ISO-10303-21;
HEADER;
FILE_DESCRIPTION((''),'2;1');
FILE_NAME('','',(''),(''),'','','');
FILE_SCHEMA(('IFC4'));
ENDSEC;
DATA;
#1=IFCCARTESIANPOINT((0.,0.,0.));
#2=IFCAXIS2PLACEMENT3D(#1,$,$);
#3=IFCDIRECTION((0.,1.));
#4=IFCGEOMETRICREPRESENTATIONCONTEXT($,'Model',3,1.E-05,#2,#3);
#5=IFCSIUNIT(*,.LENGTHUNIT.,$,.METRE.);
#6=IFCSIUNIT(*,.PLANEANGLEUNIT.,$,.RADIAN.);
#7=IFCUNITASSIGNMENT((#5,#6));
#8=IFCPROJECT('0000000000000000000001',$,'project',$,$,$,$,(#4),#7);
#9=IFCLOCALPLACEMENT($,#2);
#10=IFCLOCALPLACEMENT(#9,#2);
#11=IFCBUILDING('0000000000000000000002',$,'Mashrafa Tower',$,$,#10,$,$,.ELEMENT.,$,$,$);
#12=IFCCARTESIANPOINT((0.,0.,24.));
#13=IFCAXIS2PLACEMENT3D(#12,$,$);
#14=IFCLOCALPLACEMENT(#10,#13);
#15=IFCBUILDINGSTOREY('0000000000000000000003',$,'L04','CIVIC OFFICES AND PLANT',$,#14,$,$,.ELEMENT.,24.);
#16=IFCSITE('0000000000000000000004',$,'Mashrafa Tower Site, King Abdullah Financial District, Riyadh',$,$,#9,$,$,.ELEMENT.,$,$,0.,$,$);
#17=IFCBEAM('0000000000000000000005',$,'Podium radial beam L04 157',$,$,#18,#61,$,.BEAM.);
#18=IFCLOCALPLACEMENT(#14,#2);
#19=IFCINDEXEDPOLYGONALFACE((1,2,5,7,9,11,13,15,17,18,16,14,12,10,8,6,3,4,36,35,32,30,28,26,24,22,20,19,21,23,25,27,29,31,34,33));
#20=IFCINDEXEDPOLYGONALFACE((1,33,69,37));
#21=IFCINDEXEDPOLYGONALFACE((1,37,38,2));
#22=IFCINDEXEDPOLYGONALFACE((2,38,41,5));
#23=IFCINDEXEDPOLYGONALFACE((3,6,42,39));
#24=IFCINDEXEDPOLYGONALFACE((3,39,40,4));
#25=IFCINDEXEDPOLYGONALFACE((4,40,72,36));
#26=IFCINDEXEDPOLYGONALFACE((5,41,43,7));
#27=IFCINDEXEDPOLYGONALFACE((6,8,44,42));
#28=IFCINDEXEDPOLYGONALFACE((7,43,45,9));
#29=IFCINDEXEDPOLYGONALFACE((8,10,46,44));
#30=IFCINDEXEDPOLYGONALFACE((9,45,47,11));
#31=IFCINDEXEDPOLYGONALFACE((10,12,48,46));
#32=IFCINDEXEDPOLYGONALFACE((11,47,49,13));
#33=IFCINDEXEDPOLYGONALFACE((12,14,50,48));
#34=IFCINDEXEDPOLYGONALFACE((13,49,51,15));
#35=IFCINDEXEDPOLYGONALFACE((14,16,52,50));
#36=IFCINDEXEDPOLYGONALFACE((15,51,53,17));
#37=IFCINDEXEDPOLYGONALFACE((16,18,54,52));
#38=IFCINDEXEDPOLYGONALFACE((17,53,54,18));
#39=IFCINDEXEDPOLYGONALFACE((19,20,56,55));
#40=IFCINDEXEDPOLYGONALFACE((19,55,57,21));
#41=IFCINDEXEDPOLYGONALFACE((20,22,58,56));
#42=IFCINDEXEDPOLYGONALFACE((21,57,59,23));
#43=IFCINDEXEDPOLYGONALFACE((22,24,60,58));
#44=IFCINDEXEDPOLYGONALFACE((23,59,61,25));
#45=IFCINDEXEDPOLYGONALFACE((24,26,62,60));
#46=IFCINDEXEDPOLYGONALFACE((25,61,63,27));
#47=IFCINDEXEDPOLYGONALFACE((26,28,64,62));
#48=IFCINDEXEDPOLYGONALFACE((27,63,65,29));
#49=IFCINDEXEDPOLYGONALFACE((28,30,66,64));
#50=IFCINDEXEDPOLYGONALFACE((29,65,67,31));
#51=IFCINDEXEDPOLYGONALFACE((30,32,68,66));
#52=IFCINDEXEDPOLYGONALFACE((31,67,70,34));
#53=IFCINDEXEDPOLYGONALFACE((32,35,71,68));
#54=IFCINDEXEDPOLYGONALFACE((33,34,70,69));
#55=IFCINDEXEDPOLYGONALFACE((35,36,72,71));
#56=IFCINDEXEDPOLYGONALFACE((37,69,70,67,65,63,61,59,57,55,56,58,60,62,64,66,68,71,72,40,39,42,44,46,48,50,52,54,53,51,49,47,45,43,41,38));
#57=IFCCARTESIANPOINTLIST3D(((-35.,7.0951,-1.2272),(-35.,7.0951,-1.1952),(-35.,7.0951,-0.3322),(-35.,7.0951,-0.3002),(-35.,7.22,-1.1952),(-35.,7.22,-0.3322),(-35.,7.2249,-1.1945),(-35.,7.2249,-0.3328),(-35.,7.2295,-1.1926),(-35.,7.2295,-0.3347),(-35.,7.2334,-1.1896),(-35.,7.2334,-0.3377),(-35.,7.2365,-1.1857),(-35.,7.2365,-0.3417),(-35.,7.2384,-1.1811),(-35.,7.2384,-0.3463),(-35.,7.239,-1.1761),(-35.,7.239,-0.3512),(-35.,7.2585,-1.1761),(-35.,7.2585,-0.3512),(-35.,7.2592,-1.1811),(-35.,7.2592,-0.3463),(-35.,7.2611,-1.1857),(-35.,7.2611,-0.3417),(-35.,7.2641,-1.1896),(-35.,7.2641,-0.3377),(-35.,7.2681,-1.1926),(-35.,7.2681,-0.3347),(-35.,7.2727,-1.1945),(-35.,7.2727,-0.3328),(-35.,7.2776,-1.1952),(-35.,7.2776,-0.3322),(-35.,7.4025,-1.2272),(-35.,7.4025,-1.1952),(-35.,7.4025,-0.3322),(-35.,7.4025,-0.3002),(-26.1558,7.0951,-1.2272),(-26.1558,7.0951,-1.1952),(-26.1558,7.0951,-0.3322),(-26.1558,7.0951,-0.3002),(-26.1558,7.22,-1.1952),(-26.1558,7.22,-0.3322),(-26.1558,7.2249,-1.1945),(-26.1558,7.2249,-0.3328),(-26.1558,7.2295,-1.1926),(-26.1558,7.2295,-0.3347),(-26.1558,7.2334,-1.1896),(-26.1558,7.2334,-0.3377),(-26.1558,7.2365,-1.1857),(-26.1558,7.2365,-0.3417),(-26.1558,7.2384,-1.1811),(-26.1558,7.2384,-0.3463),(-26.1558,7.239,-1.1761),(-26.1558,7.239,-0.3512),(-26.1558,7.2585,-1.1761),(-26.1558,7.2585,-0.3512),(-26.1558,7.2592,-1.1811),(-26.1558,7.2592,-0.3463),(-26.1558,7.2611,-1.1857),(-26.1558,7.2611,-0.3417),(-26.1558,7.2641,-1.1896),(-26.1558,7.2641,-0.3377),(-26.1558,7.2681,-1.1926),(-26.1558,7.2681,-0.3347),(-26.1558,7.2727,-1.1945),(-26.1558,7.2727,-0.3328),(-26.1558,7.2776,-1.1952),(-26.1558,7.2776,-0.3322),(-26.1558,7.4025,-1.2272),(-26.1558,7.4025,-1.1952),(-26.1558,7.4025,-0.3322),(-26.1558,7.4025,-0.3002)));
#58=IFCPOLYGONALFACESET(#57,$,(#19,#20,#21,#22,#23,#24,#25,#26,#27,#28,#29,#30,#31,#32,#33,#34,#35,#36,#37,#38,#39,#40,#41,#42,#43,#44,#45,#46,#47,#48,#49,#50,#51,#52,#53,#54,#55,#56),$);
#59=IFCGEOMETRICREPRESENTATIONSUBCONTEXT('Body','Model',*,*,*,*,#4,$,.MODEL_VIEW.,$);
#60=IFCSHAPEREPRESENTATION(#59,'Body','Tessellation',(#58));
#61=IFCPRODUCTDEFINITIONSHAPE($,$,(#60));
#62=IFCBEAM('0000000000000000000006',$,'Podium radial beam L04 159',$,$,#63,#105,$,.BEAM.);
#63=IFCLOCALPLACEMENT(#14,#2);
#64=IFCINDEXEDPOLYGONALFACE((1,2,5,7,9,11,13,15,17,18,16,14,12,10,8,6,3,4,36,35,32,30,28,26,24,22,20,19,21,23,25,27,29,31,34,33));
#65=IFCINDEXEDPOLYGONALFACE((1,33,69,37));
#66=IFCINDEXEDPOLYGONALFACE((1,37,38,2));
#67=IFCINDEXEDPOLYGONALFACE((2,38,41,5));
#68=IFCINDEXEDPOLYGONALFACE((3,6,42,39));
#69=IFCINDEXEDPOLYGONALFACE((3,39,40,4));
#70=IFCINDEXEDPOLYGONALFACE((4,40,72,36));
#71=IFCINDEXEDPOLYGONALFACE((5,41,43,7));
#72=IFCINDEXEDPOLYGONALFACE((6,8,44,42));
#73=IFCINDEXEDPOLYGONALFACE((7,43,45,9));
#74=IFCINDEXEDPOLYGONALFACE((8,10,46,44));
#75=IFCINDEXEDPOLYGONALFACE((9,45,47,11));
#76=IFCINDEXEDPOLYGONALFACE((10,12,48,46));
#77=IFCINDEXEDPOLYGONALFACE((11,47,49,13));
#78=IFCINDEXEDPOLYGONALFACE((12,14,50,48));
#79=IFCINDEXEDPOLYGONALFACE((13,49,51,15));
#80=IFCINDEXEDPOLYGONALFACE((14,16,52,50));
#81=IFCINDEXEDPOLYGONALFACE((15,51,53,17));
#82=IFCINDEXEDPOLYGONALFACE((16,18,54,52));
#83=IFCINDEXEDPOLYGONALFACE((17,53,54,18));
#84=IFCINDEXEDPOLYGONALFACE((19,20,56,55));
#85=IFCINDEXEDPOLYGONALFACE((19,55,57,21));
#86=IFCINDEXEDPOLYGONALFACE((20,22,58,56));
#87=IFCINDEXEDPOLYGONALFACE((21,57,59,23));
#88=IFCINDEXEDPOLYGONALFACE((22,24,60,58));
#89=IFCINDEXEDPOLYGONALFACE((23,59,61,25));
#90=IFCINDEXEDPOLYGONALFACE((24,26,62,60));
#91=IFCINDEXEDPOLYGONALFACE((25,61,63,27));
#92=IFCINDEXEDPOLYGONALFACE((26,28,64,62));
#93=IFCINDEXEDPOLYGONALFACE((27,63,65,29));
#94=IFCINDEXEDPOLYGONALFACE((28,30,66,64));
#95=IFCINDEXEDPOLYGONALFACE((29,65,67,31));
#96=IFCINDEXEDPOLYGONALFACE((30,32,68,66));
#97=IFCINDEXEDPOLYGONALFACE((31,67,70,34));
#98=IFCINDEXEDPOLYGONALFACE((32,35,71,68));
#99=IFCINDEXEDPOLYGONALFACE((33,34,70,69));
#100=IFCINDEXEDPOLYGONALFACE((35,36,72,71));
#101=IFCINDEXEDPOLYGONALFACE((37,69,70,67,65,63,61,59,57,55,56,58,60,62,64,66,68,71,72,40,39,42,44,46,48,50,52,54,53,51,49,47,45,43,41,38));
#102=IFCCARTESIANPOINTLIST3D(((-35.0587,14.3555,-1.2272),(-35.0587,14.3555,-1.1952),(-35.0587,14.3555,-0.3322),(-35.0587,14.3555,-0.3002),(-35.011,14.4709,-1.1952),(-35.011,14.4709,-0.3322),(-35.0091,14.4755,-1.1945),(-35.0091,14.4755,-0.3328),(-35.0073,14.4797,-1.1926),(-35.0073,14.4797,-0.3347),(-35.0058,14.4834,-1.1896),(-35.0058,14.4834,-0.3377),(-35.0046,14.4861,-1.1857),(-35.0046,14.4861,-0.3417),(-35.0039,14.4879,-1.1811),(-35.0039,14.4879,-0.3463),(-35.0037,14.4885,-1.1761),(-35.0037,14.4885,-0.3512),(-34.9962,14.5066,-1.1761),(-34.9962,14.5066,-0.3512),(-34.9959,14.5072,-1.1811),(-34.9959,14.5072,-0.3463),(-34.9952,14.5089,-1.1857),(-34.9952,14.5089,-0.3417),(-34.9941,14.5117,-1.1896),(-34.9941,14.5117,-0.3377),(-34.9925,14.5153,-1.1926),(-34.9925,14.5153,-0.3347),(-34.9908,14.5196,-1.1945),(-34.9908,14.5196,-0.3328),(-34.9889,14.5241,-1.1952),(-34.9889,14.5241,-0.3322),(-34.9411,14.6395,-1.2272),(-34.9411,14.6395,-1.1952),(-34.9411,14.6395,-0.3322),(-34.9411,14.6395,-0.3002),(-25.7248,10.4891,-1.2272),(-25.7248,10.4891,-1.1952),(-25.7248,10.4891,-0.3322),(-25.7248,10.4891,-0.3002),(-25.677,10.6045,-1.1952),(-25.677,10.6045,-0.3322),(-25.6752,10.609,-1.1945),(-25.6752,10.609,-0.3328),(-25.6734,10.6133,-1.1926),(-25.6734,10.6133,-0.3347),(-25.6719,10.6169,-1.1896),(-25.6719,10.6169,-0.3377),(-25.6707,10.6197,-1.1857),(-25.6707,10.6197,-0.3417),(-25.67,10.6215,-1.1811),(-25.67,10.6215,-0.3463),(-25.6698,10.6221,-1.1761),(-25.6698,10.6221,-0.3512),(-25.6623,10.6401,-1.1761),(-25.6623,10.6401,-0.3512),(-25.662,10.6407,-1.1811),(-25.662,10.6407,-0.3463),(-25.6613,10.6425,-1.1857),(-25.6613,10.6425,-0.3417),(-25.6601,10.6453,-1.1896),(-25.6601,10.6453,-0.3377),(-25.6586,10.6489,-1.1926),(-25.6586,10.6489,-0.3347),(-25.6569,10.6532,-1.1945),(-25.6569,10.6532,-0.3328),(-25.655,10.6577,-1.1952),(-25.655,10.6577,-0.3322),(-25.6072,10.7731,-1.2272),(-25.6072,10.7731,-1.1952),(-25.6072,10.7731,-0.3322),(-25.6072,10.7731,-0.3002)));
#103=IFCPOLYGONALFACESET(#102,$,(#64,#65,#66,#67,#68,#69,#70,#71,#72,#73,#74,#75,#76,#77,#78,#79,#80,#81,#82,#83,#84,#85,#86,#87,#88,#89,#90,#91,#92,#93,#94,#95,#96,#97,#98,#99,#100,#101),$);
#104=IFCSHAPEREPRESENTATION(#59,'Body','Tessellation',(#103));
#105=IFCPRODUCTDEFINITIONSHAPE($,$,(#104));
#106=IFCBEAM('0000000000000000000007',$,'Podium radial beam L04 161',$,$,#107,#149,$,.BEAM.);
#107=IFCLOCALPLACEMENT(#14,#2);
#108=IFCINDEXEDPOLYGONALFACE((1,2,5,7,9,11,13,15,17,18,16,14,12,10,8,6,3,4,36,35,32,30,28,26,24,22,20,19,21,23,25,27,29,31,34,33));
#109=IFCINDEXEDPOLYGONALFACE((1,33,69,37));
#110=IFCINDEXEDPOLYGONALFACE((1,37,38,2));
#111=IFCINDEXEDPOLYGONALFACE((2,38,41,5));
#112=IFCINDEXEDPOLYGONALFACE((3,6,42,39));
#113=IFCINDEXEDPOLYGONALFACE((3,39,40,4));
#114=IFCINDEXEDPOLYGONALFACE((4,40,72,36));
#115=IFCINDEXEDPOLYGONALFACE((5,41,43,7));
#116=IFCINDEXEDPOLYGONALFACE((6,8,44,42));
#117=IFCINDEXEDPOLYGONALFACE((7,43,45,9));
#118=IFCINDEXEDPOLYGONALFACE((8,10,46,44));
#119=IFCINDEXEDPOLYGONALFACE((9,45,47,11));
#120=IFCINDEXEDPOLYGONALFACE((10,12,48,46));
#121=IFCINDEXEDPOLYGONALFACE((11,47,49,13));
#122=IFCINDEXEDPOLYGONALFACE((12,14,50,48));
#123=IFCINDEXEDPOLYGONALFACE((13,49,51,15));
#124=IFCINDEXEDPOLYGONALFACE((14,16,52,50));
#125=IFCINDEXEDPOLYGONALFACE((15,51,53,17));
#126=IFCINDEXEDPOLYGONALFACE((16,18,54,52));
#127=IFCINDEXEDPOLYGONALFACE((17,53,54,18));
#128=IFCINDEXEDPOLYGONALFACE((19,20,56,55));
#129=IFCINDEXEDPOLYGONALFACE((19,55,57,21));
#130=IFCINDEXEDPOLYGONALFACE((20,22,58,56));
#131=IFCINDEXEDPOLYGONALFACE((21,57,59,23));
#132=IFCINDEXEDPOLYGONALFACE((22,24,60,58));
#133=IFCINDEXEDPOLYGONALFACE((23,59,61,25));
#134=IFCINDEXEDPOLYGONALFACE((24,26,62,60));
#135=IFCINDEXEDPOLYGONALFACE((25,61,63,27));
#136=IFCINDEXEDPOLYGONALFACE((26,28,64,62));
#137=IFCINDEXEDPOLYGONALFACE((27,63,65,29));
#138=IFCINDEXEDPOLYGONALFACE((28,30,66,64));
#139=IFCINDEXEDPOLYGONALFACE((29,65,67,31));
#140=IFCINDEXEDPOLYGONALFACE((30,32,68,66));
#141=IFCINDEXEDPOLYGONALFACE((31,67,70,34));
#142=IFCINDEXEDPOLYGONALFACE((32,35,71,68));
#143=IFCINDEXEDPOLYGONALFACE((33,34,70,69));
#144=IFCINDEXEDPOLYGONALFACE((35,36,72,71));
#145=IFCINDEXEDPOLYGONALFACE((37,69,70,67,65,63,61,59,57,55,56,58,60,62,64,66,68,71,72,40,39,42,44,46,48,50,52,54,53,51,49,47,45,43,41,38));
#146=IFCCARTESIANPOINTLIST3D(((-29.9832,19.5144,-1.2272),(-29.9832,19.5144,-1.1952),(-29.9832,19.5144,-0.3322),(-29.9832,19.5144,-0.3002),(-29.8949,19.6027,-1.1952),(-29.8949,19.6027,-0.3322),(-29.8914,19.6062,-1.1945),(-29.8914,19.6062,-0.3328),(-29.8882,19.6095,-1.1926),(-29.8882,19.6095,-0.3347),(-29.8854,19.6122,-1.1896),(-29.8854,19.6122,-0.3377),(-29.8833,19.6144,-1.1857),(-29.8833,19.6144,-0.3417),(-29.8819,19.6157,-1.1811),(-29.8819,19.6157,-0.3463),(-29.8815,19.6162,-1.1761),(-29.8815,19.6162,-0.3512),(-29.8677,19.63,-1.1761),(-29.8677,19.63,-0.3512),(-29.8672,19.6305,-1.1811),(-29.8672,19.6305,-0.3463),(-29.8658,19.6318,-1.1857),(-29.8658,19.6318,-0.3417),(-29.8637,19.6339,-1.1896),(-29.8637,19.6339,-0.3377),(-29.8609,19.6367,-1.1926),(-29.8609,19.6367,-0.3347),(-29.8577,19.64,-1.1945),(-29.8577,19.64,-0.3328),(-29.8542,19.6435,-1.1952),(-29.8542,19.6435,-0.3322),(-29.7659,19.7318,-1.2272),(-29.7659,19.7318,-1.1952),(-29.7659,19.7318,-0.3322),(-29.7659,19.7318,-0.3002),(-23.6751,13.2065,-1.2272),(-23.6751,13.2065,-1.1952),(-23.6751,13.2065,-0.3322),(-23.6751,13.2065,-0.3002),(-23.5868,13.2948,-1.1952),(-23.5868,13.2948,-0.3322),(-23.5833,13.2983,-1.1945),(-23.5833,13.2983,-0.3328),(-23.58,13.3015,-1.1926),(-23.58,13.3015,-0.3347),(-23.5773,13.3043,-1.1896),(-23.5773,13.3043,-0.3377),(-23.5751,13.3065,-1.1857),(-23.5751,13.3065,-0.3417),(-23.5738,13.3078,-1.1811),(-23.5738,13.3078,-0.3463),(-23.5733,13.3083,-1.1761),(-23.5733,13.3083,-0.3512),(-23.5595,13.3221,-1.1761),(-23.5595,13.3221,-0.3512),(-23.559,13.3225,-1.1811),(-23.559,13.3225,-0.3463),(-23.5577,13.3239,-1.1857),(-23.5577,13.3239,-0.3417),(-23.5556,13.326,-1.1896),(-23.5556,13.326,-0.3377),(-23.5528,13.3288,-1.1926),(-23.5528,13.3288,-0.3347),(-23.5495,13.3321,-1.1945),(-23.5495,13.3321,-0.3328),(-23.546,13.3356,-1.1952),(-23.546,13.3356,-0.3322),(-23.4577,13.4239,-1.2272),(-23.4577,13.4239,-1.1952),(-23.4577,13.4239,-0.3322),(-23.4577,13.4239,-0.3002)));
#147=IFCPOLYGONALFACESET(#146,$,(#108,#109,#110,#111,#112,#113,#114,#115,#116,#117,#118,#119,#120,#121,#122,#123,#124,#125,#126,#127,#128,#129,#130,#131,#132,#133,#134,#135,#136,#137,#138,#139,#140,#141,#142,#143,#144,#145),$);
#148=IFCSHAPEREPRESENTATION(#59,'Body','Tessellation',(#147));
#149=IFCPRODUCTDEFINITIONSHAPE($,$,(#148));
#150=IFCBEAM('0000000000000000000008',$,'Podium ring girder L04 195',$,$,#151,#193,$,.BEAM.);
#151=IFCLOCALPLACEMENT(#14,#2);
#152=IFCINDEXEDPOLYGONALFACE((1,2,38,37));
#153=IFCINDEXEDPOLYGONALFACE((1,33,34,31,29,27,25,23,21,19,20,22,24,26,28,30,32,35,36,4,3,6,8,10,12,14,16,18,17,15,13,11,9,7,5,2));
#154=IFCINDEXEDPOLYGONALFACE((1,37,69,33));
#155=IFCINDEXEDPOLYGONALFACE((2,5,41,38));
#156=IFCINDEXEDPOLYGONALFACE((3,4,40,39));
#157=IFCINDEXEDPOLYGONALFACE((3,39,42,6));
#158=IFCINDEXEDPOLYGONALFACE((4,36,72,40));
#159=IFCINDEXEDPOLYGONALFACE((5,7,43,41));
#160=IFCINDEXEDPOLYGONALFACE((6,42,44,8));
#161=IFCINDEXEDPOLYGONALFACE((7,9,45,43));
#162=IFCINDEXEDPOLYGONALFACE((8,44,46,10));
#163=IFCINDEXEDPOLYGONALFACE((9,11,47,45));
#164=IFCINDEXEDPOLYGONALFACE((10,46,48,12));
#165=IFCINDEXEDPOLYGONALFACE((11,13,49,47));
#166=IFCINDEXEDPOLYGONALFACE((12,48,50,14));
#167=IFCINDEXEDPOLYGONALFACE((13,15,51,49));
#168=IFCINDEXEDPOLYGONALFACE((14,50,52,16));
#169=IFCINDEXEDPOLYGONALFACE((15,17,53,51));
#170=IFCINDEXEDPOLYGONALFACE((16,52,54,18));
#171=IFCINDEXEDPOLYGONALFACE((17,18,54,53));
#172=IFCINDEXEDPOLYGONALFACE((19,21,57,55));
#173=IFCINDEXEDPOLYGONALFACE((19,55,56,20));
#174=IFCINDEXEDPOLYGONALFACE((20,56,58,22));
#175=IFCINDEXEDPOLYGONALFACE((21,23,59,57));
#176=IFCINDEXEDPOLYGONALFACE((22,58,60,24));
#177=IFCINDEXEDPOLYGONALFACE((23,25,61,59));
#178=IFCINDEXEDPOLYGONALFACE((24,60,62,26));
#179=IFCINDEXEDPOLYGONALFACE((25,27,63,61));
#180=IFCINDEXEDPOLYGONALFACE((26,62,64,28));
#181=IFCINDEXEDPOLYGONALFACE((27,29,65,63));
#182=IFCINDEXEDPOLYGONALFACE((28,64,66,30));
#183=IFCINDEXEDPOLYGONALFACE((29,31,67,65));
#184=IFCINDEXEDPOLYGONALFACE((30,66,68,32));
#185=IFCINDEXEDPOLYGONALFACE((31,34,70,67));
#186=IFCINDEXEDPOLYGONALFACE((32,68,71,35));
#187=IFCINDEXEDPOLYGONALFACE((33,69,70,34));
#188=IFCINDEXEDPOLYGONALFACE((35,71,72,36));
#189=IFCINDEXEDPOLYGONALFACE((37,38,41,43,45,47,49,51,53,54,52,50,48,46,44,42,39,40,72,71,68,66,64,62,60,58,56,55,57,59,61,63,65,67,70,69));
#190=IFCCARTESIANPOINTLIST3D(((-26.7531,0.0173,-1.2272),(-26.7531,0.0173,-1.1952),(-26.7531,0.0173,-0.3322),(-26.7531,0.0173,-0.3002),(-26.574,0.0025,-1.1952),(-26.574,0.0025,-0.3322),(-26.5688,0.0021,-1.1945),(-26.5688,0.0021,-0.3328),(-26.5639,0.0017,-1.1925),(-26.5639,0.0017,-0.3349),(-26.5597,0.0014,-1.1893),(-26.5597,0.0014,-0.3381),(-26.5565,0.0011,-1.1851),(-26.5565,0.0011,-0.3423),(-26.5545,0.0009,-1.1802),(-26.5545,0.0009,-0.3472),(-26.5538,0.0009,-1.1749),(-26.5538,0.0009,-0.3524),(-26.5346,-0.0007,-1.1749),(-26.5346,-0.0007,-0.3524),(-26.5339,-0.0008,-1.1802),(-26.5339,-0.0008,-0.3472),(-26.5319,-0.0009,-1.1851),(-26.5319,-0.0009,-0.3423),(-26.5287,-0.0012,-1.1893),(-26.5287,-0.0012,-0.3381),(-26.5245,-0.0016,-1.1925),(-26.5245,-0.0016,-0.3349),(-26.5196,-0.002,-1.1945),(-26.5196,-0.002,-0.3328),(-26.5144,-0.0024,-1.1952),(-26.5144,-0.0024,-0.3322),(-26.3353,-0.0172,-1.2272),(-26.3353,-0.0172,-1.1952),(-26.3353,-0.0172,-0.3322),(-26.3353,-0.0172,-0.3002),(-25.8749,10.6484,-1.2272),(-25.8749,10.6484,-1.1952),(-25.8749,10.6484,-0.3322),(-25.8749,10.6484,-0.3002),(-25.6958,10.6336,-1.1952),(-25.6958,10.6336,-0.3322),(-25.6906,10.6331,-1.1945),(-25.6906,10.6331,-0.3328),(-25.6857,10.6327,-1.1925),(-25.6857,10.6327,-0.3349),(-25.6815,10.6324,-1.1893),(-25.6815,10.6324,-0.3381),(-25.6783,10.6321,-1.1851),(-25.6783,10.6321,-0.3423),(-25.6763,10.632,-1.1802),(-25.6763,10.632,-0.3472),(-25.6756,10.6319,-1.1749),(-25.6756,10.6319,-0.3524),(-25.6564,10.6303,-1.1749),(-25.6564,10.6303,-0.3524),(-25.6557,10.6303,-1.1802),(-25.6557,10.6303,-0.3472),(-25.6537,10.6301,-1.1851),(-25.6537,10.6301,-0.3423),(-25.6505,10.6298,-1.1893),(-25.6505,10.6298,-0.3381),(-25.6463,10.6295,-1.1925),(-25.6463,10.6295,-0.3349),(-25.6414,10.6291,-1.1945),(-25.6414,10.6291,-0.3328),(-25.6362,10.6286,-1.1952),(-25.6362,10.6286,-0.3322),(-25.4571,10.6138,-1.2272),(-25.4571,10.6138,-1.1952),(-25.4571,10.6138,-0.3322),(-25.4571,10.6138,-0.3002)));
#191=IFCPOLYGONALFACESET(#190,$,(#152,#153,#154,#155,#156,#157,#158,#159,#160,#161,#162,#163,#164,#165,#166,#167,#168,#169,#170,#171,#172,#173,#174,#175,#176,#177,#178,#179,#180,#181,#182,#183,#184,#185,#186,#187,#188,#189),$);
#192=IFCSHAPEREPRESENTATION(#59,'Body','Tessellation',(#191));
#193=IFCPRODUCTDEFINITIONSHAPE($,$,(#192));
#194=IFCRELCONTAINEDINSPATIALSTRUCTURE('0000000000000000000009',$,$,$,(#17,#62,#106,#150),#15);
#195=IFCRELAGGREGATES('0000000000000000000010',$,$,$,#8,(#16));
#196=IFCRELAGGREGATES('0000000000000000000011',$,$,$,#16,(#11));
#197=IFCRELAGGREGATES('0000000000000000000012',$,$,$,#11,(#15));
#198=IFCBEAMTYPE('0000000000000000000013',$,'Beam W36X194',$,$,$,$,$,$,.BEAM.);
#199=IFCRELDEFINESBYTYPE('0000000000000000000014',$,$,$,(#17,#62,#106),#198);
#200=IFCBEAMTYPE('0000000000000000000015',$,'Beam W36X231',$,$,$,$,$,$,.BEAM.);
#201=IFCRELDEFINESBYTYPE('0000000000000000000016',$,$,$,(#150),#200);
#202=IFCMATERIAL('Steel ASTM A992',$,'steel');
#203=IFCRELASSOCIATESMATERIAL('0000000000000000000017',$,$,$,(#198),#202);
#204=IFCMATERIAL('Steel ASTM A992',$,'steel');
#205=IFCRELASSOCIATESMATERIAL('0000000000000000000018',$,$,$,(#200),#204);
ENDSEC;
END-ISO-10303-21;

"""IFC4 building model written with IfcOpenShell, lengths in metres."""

from ifc_helpers import new_model, si_unit, direction, frame, origin, origin_2d, place, context, subcontext, project, spatial, i_section, extrude, material, material_profile, profile_set, type_object, element, save


model = new_model("IFC4")

# Units and contexts
model_context = context("Model", 3, precision=1e-05, world=origin(), true_north=direction((0.0, 1.0)))
body_context = subcontext(model_context, "Body", "Model", "MODEL_VIEW")
ifc_project = project(units=[si_unit("LENGTHUNIT", "METRE"), si_unit("PLANEANGLEUNIT", "RADIAN")], contexts=[model_context])

# Site, building, storey
site_placement = place(None, origin())
site = spatial("IfcSite", under=ifc_project, at=site_placement, Name="Mashrafa Tower Site, King Abdullah Financial District, Riyadh", CompositionType="ELEMENT", RefElevation=0.0)
building_placement = place(site_placement, origin())
building = spatial("IfcBuilding", under=site, at=building_placement, Name="Mashrafa Tower", CompositionType="ELEMENT")
storey_placement = place(building_placement, frame((0.0, 0.0, 24.0)))
storey = spatial("IfcBuildingStorey", under=building, at=storey_placement, Name="L04", Description="CIVIC OFFICES AND PLANT", CompositionType="ELEMENT", Elevation=24.0)

# Beams
ifc_material_1 = material(Name="Steel ASTM A992", Category="steel")
ifc_material_profile_1 = material_profile(ifc_material_1, i_section(OverallWidth=0.3074, OverallDepth=0.927, WebThickness=0.0195, FlangeThickness=0.032, FilletRadius=0.019, at=origin_2d()), Name="W36X194")
ifc_profile_set_1 = profile_set([ifc_material_profile_1], Name="Steel ASTM A992")
beam_type_1 = type_object("IfcBeamType", Name="Beam W36X194", PredefinedType="BEAM", material=ifc_profile_set_1)
beam_1_placement = place(storey_placement, frame((-26.1558, 7.2488, -0.7637), z_axis=(-1.0, 0.0, 0.0), x_axis=(0.0, -1.0, 0.0)))
element("IfcBeam", 1, at=beam_1_placement, inside=storey, type_object=beam_type_1, Name="Podium radial beam L04 157", PredefinedType="BEAM", context=body_context, shape_type="SweptSolid", body=[
    extrude(i_section(OverallWidth=0.3074, OverallDepth=0.927, WebThickness=0.0195, FlangeThickness=0.032, FilletRadius=0.019, at=origin_2d()), origin(), (0.0, 0.0, 1.0), 8.8442),
])
beam_2_placement = place(storey_placement, frame((-25.666, 10.6311, -0.7637), z_axis=(-0.923873, 0.3827, 0.0), x_axis=(-0.3827, -0.923873, 0.0)))
element("IfcBeam", 2, at=beam_2_placement, inside=storey, type_object=beam_type_1, Name="Podium radial beam L04 159", PredefinedType="BEAM", context=body_context, shape_type="SweptSolid", body=[
    extrude(i_section(OverallWidth=0.3074, OverallDepth=0.927, WebThickness=0.0195, FlangeThickness=0.032, FilletRadius=0.019, at=origin_2d()), origin(), (0.0, 0.0, 1.0), 10.103),
])
beam_3_placement = place(storey_placement, frame((-23.5664, 13.3152, -0.7637), z_axis=(-0.70712, 0.707093, 0.0), x_axis=(-0.707093, -0.70712, 0.0)))
element("IfcBeam", 3, at=beam_3_placement, inside=storey, type_object=beam_type_1, Name="Podium radial beam L04 161", PredefinedType="BEAM", context=body_context, shape_type="SweptSolid", body=[
    extrude(i_section(OverallWidth=0.3074, OverallDepth=0.927, WebThickness=0.0195, FlangeThickness=0.032, FilletRadius=0.019, at=origin_2d()), origin(), (0.0, 0.0, 1.0), 8.9209),
])
ifc_material_2 = material(Name="Steel ASTM A992", Category="steel")
ifc_material_profile_2 = material_profile(ifc_material_2, i_section(OverallWidth=0.4192, OverallDepth=0.927, WebThickness=0.0193, FlangeThickness=0.032, FilletRadius=0.0203, at=origin_2d()), Name="W36X231")
ifc_profile_set_2 = profile_set([ifc_material_profile_2], Name="Steel ASTM A992")
beam_type_2 = type_object("IfcBeamType", Name="Beam W36X231", PredefinedType="BEAM", material=ifc_profile_set_2)
beam_4_placement = place(storey_placement, frame((-25.666, 10.6311, -0.7637), z_axis=(-0.082324, -0.996606, 0.0), x_axis=(0.996606, -0.082324, 0.0)))
element("IfcBeam", 4, at=beam_4_placement, inside=storey, type_object=beam_type_2, Name="Podium ring girder L04 195", PredefinedType="BEAM", context=body_context, shape_type="SweptSolid", body=[
    extrude(i_section(OverallWidth=0.4192, OverallDepth=0.927, WebThickness=0.0193, FlangeThickness=0.032, FilletRadius=0.0203, at=origin_2d()), origin(), (0.0, 0.0, 1.0), 10.6672),
])

save(model, "model.ifc")
